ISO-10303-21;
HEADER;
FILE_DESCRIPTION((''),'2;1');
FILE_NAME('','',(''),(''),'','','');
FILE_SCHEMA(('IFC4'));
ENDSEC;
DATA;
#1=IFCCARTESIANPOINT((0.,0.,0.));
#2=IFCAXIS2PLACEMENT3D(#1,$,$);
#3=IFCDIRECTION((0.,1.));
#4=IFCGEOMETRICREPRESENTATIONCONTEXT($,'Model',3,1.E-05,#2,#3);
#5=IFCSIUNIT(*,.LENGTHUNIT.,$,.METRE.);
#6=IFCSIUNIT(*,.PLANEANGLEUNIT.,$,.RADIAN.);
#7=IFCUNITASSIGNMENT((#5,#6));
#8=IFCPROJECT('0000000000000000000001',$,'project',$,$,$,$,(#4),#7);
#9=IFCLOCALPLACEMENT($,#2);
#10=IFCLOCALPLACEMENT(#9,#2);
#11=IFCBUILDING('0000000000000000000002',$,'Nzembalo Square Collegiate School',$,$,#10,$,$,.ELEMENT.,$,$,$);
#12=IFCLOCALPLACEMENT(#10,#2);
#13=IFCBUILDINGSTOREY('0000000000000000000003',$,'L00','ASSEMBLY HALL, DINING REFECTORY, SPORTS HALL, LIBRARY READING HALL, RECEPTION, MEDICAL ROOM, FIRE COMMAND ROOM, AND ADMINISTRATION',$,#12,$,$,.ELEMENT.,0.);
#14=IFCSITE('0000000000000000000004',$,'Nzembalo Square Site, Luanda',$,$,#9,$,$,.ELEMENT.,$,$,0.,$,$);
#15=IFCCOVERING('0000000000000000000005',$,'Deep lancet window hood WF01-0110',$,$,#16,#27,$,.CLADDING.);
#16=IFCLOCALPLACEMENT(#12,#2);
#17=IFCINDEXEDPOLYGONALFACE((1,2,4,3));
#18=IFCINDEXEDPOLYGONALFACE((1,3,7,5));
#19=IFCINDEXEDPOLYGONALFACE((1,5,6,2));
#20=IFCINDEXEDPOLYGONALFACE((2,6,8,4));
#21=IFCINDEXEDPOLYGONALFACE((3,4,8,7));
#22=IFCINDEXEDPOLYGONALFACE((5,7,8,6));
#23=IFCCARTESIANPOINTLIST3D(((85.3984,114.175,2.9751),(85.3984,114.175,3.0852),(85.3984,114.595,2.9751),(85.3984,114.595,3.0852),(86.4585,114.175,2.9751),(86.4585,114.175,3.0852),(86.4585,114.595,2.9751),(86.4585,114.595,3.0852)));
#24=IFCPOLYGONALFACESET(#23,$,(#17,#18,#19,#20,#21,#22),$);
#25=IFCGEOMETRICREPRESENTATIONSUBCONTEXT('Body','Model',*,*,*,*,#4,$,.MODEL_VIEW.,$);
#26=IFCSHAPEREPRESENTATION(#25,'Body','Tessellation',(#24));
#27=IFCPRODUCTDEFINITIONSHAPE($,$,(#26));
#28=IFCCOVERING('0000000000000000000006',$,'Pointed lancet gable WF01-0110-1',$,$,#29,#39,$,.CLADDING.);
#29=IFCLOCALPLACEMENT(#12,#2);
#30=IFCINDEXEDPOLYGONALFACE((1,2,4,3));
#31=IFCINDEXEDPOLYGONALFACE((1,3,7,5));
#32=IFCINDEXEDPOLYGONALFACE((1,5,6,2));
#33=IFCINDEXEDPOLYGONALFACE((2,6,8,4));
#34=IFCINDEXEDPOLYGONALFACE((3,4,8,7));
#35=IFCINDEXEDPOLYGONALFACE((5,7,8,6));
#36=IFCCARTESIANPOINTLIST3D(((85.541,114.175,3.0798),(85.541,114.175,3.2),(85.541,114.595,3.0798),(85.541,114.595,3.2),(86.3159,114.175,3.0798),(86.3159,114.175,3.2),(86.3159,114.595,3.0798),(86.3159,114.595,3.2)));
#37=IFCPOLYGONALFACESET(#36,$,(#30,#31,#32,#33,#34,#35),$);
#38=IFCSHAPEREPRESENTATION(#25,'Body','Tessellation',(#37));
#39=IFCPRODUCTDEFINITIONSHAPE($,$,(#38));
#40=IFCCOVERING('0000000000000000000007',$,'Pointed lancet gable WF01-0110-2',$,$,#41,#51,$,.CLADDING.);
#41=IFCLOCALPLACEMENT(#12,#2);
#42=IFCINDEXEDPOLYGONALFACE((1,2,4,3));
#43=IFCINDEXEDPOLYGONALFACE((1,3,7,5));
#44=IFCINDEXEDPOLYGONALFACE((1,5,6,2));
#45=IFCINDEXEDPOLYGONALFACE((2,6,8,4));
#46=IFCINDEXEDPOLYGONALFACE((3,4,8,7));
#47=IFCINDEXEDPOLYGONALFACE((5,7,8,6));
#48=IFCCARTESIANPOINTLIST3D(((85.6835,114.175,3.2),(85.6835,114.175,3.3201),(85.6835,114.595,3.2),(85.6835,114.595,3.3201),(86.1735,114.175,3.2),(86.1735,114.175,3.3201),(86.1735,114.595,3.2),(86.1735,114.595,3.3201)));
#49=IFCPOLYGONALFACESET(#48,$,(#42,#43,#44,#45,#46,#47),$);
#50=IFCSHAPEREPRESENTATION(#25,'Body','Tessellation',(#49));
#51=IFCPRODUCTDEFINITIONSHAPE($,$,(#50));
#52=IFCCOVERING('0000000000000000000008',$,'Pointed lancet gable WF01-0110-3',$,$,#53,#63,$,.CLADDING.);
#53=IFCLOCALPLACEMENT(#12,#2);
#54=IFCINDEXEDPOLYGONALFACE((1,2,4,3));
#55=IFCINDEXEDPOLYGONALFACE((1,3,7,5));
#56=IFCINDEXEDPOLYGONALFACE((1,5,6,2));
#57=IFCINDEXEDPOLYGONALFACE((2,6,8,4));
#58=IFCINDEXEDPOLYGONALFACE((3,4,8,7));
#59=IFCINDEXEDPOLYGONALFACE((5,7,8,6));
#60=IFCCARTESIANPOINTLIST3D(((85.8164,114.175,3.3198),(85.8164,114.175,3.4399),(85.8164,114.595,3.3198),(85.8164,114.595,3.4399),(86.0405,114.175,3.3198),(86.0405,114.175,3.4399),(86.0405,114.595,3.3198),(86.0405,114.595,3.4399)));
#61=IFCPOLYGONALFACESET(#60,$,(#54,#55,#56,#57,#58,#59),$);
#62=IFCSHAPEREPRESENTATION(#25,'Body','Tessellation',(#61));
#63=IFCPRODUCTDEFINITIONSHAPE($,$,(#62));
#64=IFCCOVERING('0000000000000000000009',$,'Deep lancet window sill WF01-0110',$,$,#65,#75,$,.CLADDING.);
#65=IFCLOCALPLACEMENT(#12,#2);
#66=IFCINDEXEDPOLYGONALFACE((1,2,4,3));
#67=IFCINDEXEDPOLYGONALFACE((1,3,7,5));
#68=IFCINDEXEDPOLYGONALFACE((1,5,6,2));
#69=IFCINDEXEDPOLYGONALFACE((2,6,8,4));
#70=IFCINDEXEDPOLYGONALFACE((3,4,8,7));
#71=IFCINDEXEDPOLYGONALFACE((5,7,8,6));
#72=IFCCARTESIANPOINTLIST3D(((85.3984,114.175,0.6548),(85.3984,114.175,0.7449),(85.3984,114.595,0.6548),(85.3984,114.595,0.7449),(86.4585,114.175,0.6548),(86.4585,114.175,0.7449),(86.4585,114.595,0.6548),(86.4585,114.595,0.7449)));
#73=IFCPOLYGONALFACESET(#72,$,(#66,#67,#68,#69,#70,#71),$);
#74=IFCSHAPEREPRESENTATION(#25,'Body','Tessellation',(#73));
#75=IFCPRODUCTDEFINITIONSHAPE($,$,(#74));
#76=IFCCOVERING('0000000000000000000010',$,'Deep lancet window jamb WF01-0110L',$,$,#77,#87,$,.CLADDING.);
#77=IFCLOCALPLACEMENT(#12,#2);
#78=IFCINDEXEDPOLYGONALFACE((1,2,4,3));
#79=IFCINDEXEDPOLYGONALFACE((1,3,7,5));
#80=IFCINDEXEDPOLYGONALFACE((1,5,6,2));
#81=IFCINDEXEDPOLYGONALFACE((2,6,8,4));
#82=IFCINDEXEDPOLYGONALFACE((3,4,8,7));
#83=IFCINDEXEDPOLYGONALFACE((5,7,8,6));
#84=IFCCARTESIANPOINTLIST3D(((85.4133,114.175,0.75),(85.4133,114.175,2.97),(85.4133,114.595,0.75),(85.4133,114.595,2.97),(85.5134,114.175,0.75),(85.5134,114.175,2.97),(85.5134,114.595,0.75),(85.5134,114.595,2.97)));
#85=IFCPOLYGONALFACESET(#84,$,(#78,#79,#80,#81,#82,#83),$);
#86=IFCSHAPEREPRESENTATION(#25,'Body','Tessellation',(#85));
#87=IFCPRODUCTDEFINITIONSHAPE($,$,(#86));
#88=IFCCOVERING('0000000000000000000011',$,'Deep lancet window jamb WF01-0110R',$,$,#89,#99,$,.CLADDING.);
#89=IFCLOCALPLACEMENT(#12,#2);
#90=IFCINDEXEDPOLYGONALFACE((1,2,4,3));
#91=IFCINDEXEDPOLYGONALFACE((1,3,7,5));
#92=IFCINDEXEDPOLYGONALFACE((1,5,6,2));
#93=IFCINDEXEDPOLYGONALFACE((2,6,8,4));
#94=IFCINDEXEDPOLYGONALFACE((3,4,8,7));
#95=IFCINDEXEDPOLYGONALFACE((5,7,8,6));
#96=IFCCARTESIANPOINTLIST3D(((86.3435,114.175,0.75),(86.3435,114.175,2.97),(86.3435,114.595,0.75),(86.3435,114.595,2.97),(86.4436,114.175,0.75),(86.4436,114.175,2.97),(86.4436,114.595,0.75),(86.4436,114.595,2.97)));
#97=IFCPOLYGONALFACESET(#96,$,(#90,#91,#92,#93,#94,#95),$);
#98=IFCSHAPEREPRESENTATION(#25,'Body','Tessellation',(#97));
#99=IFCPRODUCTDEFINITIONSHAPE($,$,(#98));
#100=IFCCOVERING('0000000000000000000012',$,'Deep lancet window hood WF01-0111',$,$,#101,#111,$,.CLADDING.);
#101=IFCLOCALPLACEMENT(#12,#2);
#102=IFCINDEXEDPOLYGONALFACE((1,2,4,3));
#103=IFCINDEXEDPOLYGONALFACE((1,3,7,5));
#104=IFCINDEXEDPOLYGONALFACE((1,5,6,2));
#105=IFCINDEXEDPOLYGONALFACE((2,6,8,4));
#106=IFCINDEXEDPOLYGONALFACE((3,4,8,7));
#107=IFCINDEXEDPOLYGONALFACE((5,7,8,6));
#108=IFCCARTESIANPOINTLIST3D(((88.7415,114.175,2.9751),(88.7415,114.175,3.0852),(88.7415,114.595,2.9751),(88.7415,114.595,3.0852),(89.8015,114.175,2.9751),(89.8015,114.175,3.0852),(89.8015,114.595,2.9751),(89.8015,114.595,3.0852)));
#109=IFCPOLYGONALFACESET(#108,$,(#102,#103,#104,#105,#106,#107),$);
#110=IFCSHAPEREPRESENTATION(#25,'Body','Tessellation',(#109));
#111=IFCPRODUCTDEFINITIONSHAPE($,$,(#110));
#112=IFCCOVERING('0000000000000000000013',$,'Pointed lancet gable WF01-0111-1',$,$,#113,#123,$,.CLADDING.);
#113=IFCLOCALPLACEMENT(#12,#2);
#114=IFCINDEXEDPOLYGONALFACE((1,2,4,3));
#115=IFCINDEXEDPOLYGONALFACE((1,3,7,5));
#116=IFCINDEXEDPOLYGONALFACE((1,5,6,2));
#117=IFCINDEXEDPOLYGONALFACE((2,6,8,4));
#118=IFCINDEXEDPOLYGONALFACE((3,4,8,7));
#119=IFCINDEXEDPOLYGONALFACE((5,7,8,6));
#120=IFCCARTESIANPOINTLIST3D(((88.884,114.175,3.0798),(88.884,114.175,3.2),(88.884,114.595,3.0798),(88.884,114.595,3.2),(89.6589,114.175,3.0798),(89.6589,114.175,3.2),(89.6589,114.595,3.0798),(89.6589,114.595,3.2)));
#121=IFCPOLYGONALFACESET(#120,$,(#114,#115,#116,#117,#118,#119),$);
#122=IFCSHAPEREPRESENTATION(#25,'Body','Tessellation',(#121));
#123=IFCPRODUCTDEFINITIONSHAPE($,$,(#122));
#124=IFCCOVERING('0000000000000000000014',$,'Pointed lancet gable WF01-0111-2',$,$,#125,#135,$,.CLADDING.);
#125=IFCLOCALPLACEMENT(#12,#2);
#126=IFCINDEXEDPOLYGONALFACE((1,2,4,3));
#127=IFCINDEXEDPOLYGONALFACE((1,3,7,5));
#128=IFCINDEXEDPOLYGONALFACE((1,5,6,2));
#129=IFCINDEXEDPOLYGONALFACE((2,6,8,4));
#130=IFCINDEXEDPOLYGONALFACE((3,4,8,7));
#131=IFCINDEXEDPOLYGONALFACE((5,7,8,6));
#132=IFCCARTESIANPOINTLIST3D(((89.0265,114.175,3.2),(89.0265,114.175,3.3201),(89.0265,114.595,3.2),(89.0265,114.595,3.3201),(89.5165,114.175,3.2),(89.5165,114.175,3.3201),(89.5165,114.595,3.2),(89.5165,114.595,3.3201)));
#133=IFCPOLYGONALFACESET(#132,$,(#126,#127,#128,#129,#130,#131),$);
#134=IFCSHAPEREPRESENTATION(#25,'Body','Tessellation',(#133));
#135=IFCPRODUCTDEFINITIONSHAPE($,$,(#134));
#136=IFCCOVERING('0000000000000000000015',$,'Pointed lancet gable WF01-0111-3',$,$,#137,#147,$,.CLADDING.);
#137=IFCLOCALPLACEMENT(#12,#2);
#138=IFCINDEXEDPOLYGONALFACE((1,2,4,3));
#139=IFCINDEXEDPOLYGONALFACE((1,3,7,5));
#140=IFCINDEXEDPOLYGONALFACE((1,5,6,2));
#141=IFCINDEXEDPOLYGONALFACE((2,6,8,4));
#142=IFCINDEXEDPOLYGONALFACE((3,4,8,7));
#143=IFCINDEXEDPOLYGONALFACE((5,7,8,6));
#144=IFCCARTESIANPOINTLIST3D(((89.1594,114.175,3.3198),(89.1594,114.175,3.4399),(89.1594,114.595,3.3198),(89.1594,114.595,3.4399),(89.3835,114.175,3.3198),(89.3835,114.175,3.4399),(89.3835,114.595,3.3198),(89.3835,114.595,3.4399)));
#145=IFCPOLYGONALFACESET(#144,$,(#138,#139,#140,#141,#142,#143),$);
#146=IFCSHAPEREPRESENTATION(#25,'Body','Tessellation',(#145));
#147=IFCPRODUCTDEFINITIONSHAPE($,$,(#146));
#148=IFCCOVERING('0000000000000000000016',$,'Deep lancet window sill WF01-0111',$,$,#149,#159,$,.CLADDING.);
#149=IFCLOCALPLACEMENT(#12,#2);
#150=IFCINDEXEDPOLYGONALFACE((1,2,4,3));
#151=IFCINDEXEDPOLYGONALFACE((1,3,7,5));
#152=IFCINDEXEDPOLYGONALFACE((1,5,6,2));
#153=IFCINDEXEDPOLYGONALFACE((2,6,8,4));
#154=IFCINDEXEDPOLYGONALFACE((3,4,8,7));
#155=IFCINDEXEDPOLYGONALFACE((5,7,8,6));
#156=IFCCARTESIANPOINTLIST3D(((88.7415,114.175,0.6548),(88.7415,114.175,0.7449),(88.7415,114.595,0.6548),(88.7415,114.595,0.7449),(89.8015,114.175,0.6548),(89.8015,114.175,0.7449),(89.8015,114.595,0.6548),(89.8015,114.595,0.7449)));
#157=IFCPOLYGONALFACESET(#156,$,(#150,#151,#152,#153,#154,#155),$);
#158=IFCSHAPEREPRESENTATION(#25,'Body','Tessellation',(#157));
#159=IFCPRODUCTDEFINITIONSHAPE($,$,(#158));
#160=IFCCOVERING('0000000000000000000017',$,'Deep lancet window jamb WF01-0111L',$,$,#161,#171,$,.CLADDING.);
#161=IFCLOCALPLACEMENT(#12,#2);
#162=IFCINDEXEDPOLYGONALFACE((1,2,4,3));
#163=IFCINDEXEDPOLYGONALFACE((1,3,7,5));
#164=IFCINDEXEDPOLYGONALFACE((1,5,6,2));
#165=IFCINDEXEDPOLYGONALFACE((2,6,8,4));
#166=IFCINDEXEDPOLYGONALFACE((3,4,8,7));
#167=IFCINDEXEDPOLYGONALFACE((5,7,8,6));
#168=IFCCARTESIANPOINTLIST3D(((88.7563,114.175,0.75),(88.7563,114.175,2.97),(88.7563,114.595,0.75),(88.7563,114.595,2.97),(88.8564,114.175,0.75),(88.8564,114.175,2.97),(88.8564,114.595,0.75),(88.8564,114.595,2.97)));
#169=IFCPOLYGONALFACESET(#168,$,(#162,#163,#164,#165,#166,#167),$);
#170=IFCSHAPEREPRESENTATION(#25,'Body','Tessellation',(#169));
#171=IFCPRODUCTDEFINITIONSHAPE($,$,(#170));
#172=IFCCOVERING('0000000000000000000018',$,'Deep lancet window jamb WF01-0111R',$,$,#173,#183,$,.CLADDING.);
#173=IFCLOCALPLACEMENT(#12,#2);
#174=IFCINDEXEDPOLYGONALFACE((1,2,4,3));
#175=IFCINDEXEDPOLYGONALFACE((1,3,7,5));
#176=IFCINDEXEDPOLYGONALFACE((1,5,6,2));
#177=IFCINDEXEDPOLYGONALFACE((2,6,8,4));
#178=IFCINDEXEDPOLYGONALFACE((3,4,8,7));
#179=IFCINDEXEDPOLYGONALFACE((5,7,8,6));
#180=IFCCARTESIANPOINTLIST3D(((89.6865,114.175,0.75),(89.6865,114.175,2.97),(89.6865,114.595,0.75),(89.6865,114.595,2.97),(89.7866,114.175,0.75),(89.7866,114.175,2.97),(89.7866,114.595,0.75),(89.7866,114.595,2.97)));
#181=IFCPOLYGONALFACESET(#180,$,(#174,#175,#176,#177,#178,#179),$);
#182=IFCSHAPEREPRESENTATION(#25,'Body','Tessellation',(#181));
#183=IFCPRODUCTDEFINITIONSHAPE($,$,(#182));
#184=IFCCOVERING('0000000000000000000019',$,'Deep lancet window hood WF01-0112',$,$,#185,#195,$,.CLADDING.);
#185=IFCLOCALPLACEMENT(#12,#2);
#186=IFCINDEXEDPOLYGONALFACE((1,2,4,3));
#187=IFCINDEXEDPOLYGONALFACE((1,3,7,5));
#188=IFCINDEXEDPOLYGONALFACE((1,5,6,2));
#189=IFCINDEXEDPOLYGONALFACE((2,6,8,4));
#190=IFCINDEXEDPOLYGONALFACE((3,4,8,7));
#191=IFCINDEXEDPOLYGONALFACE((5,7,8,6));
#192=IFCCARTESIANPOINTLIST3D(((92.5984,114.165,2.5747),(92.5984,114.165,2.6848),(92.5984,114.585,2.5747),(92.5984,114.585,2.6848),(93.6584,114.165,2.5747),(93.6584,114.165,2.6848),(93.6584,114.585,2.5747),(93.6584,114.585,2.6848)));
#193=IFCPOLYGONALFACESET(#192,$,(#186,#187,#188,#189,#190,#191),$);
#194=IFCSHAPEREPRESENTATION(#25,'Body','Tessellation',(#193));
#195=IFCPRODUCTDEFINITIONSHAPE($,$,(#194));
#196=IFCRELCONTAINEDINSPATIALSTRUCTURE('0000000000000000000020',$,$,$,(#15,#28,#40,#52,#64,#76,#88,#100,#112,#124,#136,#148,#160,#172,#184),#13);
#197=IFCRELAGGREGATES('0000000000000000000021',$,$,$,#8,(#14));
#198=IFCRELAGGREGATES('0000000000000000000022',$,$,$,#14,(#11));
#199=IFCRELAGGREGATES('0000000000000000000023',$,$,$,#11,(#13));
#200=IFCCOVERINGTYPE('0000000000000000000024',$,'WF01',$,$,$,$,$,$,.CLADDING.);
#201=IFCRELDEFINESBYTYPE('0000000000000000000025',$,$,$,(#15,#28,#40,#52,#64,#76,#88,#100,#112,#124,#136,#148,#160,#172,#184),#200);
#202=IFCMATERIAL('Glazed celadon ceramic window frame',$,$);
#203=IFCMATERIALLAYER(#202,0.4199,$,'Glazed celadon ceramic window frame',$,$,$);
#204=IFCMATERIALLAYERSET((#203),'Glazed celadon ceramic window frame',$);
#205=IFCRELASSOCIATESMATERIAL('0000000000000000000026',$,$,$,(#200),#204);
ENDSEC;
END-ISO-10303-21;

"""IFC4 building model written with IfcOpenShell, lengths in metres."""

from ifc_helpers import new_model, si_unit, direction, frame, origin, origin_2d, place, context, subcontext, project, spatial, rectangle, extrude, material, layer, layer_set, type_object, element, save


model = new_model("IFC4")

# Units and contexts
model_context = context("Model", 3, precision=1e-05, world=origin(), true_north=direction((0.0, 1.0)))
body_context = subcontext(model_context, "Body", "Model", "MODEL_VIEW")
ifc_project = project(units=[si_unit("LENGTHUNIT", "METRE"), si_unit("PLANEANGLEUNIT", "RADIAN")], contexts=[model_context])

# Site, building, storey
site_placement = place(None, origin())
site = spatial("IfcSite", under=ifc_project, at=site_placement, Name="Nzembalo Square Site, Luanda", CompositionType="ELEMENT", RefElevation=0.0)
building_placement = place(site_placement, origin())
building = spatial("IfcBuilding", under=site, at=building_placement, Name="Nzembalo Square Collegiate School", CompositionType="ELEMENT")
storey_placement = place(building_placement, origin())
storey = spatial("IfcBuildingStorey", under=building, at=storey_placement, Name="L00", Description="ASSEMBLY HALL, DINING REFECTORY, SPORTS HALL, LIBRARY READING HALL, RECEPTION, MEDICAL ROOM, FIRE COMMAND ROOM, AND ADMINISTRATION", CompositionType="ELEMENT", Elevation=0.0)

# Coverings
ifc_material = material(Name="Glazed celadon ceramic window frame")
ifc_layer = layer(ifc_material, 0.4199, Name="Glazed celadon ceramic window frame")
ifc_layer_set = layer_set([ifc_layer], Name="Glazed celadon ceramic window frame")
covering_type = type_object("IfcCoveringType", Name="WF01", PredefinedType="CLADDING", material=ifc_layer_set)
covering_1_placement = place(storey_placement, frame((85.9285, 114.385, 2.9751), z_axis=(0.0, 0.0, 1.0), x_axis=(1.0, 0.0, 0.0)))
element("IfcCovering", 1, at=covering_1_placement, inside=storey, type_object=covering_type, Name="Deep lancet window hood WF01-0110", PredefinedType="CLADDING", context=body_context, shape_type="SweptSolid", body=[
    extrude(rectangle(XDim=1.0601, YDim=0.4199, at=origin_2d()), origin(), (0.0, 0.0, 1.0), 0.1101),
])
covering_2_placement = place(storey_placement, frame((85.9285, 114.385, 3.0798), z_axis=(0.0, 0.0, 1.0), x_axis=(1.0, 0.0, 0.0)))
element("IfcCovering", 2, at=covering_2_placement, inside=storey, type_object=covering_type, Name="Pointed lancet gable WF01-0110-1", PredefinedType="CLADDING", context=body_context, shape_type="SweptSolid", body=[
    extrude(rectangle(XDim=0.7749, YDim=0.4199, at=origin_2d()), origin(), (0.0, 0.0, 1.0), 0.1201),
])
covering_3_placement = place(storey_placement, frame((85.9285, 114.385, 3.2), z_axis=(0.0, 0.0, 1.0), x_axis=(1.0, 0.0, 0.0)))
element("IfcCovering", 3, at=covering_3_placement, inside=storey, type_object=covering_type, Name="Pointed lancet gable WF01-0110-2", PredefinedType="CLADDING", context=body_context, shape_type="SweptSolid", body=[
    extrude(rectangle(XDim=0.49, YDim=0.4199, at=origin_2d()), origin(), (0.0, 0.0, 1.0), 0.1201),
])
covering_4_placement = place(storey_placement, frame((85.9285, 114.385, 3.3198), z_axis=(0.0, 0.0, 1.0), x_axis=(1.0, 0.0, 0.0)))
element("IfcCovering", 4, at=covering_4_placement, inside=storey, type_object=covering_type, Name="Pointed lancet gable WF01-0110-3", PredefinedType="CLADDING", context=body_context, shape_type="SweptSolid", body=[
    extrude(rectangle(XDim=0.2241, YDim=0.4199, at=origin_2d()), origin(), (0.0, 0.0, 1.0), 0.1201),
])
covering_5_placement = place(storey_placement, frame((85.9285, 114.385, 0.6548), z_axis=(0.0, 0.0, 1.0), x_axis=(1.0, 0.0, 0.0)))
element("IfcCovering", 5, at=covering_5_placement, inside=storey, type_object=covering_type, Name="Deep lancet window sill WF01-0110", PredefinedType="CLADDING", context=body_context, shape_type="SweptSolid", body=[
    extrude(rectangle(XDim=1.0601, YDim=0.4199, at=origin_2d()), origin(), (0.0, 0.0, 1.0), 0.0901),
])
for number, where, z_axis, x_axis, name in (
    (6, (85.4634, 114.385, 0.75), (0.0, 0.0, 1.0), (1.0, 0.0, 0.0), "Deep lancet window jamb WF01-0110L"),
    (7, (86.3936, 114.385, 0.75), (0.0, 0.0, 1.0), (1.0, 0.0, 0.0), "Deep lancet window jamb WF01-0110R"),
):
    element("IfcCovering", number, at=place(storey_placement, frame(where, z_axis=z_axis, x_axis=x_axis)), inside=storey, type_object=covering_type, Name=name, PredefinedType="CLADDING", context=body_context, shape_type="SweptSolid", body=[
        extrude(rectangle(XDim=0.1001, YDim=0.4199, at=origin_2d()), origin(), (0.0, 0.0, 1.0), 2.22),
    ])
covering_6_placement = place(storey_placement, frame((89.2715, 114.385, 2.9751), z_axis=(0.0, 0.0, 1.0), x_axis=(1.0, 0.0, 0.0)))
element("IfcCovering", 8, at=covering_6_placement, inside=storey, type_object=covering_type, Name="Deep lancet window hood WF01-0111", PredefinedType="CLADDING", context=body_context, shape_type="SweptSolid", body=[
    extrude(rectangle(XDim=1.0601, YDim=0.4199, at=origin_2d()), origin(), (0.0, 0.0, 1.0), 0.1101),
])
covering_7_placement = place(storey_placement, frame((89.2715, 114.385, 3.0798), z_axis=(0.0, 0.0, 1.0), x_axis=(1.0, 0.0, 0.0)))
element("IfcCovering", 9, at=covering_7_placement, inside=storey, type_object=covering_type, Name="Pointed lancet gable WF01-0111-1", PredefinedType="CLADDING", context=body_context, shape_type="SweptSolid", body=[
    extrude(rectangle(XDim=0.7749, YDim=0.4199, at=origin_2d()), origin(), (0.0, 0.0, 1.0), 0.1201),
])
covering_8_placement = place(storey_placement, frame((89.2715, 114.385, 3.2), z_axis=(0.0, 0.0, 1.0), x_axis=(1.0, 0.0, 0.0)))
element("IfcCovering", 10, at=covering_8_placement, inside=storey, type_object=covering_type, Name="Pointed lancet gable WF01-0111-2", PredefinedType="CLADDING", context=body_context, shape_type="SweptSolid", body=[
    extrude(rectangle(XDim=0.49, YDim=0.4199, at=origin_2d()), origin(), (0.0, 0.0, 1.0), 0.1201),
])
covering_9_placement = place(storey_placement, frame((89.2715, 114.385, 3.3198), z_axis=(0.0, 0.0, 1.0), x_axis=(1.0, 0.0, 0.0)))
element("IfcCovering", 11, at=covering_9_placement, inside=storey, type_object=covering_type, Name="Pointed lancet gable WF01-0111-3", PredefinedType="CLADDING", context=body_context, shape_type="SweptSolid", body=[
    extrude(rectangle(XDim=0.2241, YDim=0.4199, at=origin_2d()), origin(), (0.0, 0.0, 1.0), 0.1201),
])
covering_10_placement = place(storey_placement, frame((89.2715, 114.385, 0.6548), z_axis=(0.0, 0.0, 1.0), x_axis=(1.0, 0.0, 0.0)))
element("IfcCovering", 12, at=covering_10_placement, inside=storey, type_object=covering_type, Name="Deep lancet window sill WF01-0111", PredefinedType="CLADDING", context=body_context, shape_type="SweptSolid", body=[
    extrude(rectangle(XDim=1.0601, YDim=0.4199, at=origin_2d()), origin(), (0.0, 0.0, 1.0), 0.0901),
])
for number, where, z_axis, x_axis, name in (
    (13, (88.8064, 114.385, 0.75), (0.0, 0.0, 1.0), (1.0, 0.0, 0.0), "Deep lancet window jamb WF01-0111L"),
    (14, (89.7366, 114.385, 0.75), (0.0, 0.0, 1.0), (1.0, 0.0, 0.0), "Deep lancet window jamb WF01-0111R"),
):
    element("IfcCovering", number, at=place(storey_placement, frame(where, z_axis=z_axis, x_axis=x_axis)), inside=storey, type_object=covering_type, Name=name, PredefinedType="CLADDING", context=body_context, shape_type="SweptSolid", body=[
        extrude(rectangle(XDim=0.1001, YDim=0.4199, at=origin_2d()), origin(), (0.0, 0.0, 1.0), 2.22),
    ])
covering_11_placement = place(storey_placement, frame((93.1284, 114.375, 2.5747), z_axis=(0.0, 0.0, 1.0), x_axis=(1.0, 0.0, 0.0)))
element("IfcCovering", 15, at=covering_11_placement, inside=storey, type_object=covering_type, Name="Deep lancet window hood WF01-0112", PredefinedType="CLADDING", context=body_context, shape_type="SweptSolid", body=[
    extrude(rectangle(XDim=1.0601, YDim=0.4199, at=origin_2d()), origin(), (0.0, 0.0, 1.0), 0.1101),
])

save(model, "model.ifc")
